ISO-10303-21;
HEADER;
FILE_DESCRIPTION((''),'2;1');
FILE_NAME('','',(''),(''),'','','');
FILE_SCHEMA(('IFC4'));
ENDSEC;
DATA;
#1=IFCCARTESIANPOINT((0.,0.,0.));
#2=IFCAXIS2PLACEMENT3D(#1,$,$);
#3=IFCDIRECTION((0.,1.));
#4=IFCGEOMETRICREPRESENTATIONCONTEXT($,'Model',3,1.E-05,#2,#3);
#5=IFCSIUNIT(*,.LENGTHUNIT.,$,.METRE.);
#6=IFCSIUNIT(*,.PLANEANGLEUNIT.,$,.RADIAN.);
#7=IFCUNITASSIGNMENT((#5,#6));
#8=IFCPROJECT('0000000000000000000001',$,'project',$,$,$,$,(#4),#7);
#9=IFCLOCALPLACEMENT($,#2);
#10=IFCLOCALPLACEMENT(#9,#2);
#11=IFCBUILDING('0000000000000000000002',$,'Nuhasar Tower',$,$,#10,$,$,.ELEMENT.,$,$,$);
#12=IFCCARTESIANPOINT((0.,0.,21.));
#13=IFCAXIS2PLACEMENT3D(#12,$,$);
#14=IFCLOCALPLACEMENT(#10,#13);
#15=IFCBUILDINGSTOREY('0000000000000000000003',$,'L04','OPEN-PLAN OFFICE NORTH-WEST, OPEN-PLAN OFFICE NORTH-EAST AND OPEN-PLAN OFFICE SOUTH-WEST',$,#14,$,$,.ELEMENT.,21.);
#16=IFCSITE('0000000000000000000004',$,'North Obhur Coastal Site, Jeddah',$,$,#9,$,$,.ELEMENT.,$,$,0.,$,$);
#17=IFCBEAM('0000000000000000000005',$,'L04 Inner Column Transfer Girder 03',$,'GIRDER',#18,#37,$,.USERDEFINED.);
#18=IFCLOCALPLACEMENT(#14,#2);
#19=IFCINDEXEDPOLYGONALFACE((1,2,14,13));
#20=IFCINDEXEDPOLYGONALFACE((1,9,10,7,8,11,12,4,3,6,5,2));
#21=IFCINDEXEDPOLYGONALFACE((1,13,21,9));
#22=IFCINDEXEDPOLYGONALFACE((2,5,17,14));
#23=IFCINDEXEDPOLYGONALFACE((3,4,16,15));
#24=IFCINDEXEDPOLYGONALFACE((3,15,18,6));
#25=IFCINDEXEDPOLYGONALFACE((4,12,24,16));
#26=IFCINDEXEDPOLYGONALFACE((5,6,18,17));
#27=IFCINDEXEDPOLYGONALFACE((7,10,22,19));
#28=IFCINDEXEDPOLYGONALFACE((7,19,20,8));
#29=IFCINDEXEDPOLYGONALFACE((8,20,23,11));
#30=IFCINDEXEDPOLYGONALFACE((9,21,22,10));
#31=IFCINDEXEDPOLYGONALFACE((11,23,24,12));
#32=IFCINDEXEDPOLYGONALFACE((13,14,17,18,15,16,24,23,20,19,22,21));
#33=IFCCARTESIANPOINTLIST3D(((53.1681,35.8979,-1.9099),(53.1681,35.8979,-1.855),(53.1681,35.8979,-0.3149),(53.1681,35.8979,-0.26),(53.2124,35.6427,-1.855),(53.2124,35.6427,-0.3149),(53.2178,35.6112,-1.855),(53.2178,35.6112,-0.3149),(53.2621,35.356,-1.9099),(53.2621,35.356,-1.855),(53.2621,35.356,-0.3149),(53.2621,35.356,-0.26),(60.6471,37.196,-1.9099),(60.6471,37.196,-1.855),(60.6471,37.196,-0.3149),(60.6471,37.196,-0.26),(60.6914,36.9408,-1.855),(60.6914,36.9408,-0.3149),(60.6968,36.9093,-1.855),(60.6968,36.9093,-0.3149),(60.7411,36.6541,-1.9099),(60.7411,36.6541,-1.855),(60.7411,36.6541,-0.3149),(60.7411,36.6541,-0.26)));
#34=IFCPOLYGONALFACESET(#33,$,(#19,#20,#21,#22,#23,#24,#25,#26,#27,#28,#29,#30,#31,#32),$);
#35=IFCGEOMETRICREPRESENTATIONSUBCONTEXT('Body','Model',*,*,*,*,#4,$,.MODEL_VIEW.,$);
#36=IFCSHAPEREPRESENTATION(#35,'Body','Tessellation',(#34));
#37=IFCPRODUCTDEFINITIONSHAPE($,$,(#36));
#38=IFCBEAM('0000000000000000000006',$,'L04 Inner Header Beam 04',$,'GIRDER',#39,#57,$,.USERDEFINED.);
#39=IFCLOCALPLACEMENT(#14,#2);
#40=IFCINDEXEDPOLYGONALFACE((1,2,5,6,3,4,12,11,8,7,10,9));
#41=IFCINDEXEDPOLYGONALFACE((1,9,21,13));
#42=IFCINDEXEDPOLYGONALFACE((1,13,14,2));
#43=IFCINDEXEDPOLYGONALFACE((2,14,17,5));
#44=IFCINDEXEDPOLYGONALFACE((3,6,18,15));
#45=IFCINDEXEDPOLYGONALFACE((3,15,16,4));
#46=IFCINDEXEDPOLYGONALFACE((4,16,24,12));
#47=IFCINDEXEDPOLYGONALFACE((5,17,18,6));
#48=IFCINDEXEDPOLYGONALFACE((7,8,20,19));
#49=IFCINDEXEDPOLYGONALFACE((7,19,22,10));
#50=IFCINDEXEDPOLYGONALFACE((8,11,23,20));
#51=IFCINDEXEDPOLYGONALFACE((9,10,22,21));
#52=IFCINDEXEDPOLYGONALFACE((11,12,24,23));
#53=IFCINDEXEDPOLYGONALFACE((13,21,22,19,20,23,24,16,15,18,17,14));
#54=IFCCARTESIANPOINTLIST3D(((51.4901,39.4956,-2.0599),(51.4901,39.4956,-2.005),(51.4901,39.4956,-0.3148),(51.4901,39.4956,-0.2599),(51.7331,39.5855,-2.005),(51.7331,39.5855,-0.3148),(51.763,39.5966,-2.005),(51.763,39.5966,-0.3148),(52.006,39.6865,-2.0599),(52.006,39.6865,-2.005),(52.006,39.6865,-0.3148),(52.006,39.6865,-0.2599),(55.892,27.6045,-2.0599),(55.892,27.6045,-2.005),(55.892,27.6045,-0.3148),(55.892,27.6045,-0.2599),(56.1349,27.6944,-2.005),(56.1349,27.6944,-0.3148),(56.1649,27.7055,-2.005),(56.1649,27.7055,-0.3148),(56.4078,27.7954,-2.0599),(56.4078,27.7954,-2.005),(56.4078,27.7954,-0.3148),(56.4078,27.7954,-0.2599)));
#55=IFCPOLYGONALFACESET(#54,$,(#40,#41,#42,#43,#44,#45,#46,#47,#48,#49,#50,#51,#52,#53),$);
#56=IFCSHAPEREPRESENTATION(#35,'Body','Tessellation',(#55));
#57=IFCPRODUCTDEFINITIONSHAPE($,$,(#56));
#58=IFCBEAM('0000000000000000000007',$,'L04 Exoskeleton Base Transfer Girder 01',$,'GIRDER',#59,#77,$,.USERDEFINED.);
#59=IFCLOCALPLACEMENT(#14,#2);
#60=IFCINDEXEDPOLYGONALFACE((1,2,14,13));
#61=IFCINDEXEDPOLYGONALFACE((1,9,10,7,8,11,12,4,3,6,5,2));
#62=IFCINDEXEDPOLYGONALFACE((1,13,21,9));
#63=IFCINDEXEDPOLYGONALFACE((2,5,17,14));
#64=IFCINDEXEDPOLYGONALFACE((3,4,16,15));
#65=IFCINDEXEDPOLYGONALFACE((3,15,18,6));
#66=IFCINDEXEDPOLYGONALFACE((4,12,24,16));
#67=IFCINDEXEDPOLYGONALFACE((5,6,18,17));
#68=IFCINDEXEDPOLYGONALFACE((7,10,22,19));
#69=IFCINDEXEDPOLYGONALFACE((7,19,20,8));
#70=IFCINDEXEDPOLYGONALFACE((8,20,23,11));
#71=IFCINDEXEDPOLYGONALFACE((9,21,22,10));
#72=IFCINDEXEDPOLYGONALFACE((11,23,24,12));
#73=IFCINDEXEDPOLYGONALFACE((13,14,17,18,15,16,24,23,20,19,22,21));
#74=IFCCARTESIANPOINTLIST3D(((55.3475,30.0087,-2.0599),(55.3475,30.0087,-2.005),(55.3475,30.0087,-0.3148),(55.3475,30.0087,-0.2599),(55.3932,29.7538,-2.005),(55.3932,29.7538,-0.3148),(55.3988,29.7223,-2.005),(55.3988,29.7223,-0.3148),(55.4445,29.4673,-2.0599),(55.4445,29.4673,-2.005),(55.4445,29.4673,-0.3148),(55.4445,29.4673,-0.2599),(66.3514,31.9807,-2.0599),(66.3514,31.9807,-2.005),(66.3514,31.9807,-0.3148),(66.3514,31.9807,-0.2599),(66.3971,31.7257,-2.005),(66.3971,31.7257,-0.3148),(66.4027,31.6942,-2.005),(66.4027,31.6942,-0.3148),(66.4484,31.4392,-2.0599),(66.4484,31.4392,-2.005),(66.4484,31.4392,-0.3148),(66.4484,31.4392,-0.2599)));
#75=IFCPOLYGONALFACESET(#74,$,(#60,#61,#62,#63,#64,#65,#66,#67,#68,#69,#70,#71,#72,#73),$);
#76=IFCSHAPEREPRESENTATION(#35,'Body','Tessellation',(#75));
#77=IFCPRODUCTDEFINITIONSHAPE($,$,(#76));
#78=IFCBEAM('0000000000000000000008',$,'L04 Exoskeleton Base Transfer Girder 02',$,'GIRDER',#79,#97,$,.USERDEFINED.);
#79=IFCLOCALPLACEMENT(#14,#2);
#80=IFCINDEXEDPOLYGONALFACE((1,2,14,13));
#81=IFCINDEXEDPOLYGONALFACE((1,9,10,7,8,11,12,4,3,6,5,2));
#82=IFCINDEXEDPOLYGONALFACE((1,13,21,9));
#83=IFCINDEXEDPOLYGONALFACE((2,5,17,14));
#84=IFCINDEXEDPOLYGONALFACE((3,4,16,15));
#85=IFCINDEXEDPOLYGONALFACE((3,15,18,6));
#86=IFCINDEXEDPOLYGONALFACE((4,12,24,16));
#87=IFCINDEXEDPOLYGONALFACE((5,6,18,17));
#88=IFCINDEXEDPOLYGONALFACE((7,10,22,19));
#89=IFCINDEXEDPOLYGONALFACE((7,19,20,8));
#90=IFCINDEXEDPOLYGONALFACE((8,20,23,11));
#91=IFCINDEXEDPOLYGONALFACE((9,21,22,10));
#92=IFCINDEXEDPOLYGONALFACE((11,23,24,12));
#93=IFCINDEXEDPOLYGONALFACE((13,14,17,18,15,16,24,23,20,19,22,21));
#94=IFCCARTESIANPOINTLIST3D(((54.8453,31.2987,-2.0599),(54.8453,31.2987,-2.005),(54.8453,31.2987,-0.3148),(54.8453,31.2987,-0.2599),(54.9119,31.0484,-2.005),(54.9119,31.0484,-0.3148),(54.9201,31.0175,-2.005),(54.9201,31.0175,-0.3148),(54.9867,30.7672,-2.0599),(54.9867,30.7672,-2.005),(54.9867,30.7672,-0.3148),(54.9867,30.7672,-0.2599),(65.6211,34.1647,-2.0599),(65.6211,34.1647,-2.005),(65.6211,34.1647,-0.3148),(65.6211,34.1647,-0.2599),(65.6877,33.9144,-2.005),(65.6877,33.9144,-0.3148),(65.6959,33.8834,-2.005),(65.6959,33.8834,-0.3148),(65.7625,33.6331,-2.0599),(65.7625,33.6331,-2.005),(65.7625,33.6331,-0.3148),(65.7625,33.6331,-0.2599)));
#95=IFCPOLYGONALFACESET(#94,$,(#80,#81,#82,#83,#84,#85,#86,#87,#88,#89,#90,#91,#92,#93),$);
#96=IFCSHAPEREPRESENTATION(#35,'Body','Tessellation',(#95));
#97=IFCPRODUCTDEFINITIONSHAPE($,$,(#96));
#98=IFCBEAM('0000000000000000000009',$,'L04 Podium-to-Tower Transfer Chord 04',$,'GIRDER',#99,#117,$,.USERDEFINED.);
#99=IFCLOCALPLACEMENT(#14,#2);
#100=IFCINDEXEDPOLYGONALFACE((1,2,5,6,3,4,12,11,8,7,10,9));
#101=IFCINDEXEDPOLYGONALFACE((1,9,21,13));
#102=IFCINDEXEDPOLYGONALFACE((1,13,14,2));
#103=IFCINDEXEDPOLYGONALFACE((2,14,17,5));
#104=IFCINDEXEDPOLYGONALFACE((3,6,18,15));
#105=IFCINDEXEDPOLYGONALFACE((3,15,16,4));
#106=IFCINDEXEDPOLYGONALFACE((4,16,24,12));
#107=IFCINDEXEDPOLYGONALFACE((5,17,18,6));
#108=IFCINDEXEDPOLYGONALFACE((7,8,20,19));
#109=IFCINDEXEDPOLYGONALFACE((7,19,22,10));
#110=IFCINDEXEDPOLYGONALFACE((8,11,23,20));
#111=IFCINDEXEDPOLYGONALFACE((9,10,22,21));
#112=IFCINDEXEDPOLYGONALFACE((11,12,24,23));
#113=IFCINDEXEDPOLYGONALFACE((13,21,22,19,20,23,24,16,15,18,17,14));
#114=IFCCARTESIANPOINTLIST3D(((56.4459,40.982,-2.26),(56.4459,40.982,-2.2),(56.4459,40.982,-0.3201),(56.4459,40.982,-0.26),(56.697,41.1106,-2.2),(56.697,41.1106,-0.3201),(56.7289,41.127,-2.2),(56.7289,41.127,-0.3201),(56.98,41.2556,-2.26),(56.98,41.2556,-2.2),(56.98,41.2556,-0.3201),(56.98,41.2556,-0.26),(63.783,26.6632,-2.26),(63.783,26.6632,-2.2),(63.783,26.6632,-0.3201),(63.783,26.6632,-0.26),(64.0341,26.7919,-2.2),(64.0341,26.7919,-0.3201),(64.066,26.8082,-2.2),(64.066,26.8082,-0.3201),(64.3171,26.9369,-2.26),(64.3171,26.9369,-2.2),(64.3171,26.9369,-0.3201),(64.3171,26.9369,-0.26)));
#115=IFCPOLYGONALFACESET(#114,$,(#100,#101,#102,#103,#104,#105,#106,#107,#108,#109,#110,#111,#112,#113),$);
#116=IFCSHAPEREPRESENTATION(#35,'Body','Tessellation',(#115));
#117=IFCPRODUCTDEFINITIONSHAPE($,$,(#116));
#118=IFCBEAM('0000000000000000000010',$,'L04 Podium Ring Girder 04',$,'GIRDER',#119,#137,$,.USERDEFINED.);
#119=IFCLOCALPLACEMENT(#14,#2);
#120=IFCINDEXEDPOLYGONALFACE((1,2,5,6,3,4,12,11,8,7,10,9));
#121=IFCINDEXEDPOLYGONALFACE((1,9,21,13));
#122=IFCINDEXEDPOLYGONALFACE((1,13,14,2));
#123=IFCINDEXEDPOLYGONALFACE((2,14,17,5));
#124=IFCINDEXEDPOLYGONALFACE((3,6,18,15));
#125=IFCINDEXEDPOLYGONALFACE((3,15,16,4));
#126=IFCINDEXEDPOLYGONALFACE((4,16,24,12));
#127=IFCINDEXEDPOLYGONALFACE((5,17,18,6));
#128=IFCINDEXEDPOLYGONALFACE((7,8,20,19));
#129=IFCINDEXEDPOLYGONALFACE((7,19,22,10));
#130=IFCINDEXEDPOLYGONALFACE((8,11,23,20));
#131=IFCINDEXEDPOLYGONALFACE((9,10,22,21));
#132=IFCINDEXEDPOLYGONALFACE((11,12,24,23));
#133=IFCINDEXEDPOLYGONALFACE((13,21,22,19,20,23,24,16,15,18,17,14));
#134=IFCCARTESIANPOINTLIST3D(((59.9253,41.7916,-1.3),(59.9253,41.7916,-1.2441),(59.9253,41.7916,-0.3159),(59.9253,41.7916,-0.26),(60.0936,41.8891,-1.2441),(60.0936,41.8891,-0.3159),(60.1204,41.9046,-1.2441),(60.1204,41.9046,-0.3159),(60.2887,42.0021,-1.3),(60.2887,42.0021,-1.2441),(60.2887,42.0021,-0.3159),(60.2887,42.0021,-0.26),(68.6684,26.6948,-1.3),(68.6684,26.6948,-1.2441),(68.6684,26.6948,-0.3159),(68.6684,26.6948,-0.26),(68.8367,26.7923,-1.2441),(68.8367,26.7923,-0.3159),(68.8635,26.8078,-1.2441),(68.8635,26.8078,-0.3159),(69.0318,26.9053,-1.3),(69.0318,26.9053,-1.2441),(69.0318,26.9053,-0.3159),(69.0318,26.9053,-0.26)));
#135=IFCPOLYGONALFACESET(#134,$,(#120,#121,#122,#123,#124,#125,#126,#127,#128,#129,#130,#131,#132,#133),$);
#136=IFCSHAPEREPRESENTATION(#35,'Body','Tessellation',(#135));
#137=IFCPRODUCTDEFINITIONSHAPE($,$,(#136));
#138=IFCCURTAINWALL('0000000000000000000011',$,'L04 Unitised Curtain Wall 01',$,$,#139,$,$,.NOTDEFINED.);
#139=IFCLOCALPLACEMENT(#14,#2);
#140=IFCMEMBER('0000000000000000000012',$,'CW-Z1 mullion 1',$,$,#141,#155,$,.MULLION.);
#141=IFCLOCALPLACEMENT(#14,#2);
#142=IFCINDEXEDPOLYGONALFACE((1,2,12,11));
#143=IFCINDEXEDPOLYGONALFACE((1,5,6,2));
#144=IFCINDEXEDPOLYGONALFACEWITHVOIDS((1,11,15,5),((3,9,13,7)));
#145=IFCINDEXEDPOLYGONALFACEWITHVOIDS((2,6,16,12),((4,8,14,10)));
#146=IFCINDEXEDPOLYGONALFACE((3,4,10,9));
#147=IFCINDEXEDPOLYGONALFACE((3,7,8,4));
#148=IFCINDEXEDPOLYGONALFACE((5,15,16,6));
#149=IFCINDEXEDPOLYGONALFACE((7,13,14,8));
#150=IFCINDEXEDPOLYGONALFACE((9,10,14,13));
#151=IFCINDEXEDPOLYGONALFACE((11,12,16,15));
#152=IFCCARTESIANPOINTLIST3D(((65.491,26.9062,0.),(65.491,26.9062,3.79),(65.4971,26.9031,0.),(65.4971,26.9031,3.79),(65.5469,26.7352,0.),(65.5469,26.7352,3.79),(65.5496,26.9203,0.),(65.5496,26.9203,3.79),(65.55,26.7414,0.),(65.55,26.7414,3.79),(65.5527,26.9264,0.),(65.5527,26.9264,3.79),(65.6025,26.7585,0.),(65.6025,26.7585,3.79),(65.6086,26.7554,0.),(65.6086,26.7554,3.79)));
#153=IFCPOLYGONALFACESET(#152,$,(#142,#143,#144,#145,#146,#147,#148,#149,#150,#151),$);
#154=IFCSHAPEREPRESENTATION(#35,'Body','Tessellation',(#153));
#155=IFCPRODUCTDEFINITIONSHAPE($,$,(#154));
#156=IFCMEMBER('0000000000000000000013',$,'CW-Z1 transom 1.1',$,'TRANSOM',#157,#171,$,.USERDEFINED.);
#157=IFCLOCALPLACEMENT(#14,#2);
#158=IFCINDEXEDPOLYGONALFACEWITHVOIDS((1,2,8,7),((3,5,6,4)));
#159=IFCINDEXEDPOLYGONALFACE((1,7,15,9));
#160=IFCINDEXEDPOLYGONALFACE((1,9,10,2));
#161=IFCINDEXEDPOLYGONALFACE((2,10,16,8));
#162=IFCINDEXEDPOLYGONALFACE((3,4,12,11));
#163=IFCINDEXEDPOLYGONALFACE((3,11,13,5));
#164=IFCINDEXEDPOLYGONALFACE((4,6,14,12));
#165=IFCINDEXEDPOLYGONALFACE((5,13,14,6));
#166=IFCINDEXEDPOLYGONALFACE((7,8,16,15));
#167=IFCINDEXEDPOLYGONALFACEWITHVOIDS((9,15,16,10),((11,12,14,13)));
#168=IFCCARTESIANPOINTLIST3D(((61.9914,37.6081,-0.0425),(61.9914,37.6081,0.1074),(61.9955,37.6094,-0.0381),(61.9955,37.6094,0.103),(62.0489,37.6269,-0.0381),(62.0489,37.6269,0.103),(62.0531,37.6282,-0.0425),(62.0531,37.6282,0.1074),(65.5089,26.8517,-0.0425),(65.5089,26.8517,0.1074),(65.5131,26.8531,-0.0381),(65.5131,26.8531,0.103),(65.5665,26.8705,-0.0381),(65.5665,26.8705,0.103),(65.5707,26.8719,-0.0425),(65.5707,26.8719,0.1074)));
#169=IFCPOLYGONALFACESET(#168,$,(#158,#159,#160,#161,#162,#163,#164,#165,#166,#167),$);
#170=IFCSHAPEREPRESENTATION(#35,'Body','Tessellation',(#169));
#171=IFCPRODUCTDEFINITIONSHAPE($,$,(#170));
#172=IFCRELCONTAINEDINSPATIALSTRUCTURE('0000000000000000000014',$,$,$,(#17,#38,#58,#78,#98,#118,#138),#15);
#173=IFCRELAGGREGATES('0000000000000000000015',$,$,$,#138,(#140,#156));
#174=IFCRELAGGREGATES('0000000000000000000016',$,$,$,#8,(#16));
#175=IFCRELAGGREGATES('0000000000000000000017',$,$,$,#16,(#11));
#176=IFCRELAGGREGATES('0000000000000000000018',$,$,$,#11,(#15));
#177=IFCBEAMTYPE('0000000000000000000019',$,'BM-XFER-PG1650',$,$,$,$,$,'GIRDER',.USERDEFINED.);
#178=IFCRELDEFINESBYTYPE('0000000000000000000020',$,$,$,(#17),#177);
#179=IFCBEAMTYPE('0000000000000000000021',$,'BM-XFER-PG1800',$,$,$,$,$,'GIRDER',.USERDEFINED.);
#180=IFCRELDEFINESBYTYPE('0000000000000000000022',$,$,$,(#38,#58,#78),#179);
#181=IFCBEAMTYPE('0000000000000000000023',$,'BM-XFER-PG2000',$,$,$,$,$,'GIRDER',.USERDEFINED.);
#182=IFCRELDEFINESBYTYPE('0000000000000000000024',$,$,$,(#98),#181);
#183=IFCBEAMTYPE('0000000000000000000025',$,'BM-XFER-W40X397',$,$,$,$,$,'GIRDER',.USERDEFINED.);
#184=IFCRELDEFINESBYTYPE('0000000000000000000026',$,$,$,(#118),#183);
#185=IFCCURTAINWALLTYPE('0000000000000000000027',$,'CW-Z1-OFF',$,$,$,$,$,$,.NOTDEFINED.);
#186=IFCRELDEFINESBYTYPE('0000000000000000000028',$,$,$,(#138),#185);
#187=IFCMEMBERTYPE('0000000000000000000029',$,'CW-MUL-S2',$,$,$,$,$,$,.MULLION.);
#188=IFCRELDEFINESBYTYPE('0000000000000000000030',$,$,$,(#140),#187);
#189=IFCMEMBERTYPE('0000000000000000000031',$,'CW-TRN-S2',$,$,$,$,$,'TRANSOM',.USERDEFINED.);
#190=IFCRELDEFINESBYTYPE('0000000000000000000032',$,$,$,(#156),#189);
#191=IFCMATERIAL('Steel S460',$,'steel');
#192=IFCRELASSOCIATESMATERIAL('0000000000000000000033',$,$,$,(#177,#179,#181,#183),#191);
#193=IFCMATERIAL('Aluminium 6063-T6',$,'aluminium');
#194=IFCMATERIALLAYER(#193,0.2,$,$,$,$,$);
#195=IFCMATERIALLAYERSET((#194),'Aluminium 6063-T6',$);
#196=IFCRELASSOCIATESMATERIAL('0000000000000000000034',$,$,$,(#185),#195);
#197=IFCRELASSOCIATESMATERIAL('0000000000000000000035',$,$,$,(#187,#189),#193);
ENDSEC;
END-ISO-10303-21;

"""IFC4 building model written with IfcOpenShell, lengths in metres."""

from ifc_helpers import new_model, si_unit, direction, frame, origin, origin_2d, place, context, subcontext, project, spatial, hollow_rectangle, i_section, extrude, material, layer, layer_set, material_profile, profile_set, type_object, element, aggregate, save


model = new_model("IFC4")

# Units and contexts
model_context = context("Model", 3, precision=1e-05, world=origin(), true_north=direction((0.0, 1.0)))
body_context = subcontext(model_context, "Body", "Model", "MODEL_VIEW")
ifc_project = project(units=[si_unit("LENGTHUNIT", "METRE"), si_unit("PLANEANGLEUNIT", "RADIAN")], contexts=[model_context])

# Site, building, storey
site_placement = place(None, origin())
site = spatial("IfcSite", under=ifc_project, at=site_placement, Name="North Obhur Coastal Site, Jeddah", CompositionType="ELEMENT", RefElevation=0.0)
building_placement = place(site_placement, origin())
building = spatial("IfcBuilding", under=site, at=building_placement, Name="Nuhasar Tower", CompositionType="ELEMENT")
storey_placement = place(building_placement, frame((0.0, 0.0, 21.0)))
storey = spatial("IfcBuildingStorey", under=building, at=storey_placement, Name="L04", Description="OPEN-PLAN OFFICE NORTH-WEST, OPEN-PLAN OFFICE NORTH-EAST AND OPEN-PLAN OFFICE SOUTH-WEST", CompositionType="ELEMENT", Elevation=21.0)

# Beams
ifc_material_1 = material(Name="Steel S460", Category="steel")
ifc_material_profile_1 = material_profile(ifc_material_1, i_section(OverallWidth=0.55, OverallDepth=1.6499, WebThickness=0.032, FlangeThickness=0.0549, at=origin_2d()), Name="PG1650X550")
ifc_profile_set_1 = profile_set([ifc_material_profile_1], Name="Steel S460")
beam_type_1 = type_object("IfcBeamType", Name="BM-XFER-PG1650", ElementType="GIRDER", PredefinedType="USERDEFINED", material=ifc_profile_set_1)
beam_1_placement = place(storey_placement, frame((53.2151, 35.627, -1.085), z_axis=(0.98527, 0.171009, 0.0), x_axis=(-0.171009, 0.98527, 0.0)))
element("IfcBeam", 1, at=beam_1_placement, inside=storey, type_object=beam_type_1, Name="L04 Inner Column Transfer Girder 03", ObjectType="GIRDER", PredefinedType="USERDEFINED", context=body_context, shape_type="SweptSolid", body=[
    extrude(i_section(OverallWidth=0.55, OverallDepth=1.6499, WebThickness=0.032, FlangeThickness=0.0549, at=origin_2d()), origin(), (0.0, 0.0, 1.0), 7.5908),
])
ifc_material_profile_2 = material_profile(ifc_material_1, i_section(OverallWidth=0.55, OverallDepth=1.8, WebThickness=0.032, FlangeThickness=0.0549, at=origin_2d()), Name="PG1800X550")
ifc_profile_set_2 = profile_set([ifc_material_profile_2], Name="Steel S460")
beam_type_2 = type_object("IfcBeamType", Name="BM-XFER-PG1800", ElementType="GIRDER", PredefinedType="USERDEFINED", material=ifc_profile_set_2)
beam_2_placement = place(storey_placement, frame((56.1499, 27.7, -1.1599), z_axis=(-0.347158, 0.937807, 0.0), x_axis=(-0.937807, -0.347158, 0.0)))
element("IfcBeam", 2, at=beam_2_placement, inside=storey, type_object=beam_type_2, Name="L04 Inner Header Beam 04", ObjectType="GIRDER", PredefinedType="USERDEFINED", context=body_context, shape_type="SweptSolid", body=[
    extrude(i_section(OverallWidth=0.55, OverallDepth=1.8, WebThickness=0.032, FlangeThickness=0.0549, at=origin_2d()), origin(), (0.0, 0.0, 1.0), 12.6797),
])
beam_3_placement = place(storey_placement, frame((55.396, 29.738, -1.1599), z_axis=(0.98432, 0.176392, 0.0), x_axis=(-0.176392, 0.98432, 0.0)))
element("IfcBeam", 3, at=beam_3_placement, inside=storey, type_object=beam_type_2, Name="L04 Exoskeleton Base Transfer Girder 01", ObjectType="GIRDER", PredefinedType="USERDEFINED", context=body_context, shape_type="SweptSolid", body=[
    extrude(i_section(OverallWidth=0.55, OverallDepth=1.8, WebThickness=0.032, FlangeThickness=0.0549, at=origin_2d()), origin(), (0.0, 0.0, 1.0), 11.1792),
])
beam_4_placement = place(storey_placement, frame((54.916, 31.033, -1.1599), z_axis=(0.966404, 0.257026, 0.0), x_axis=(-0.257026, 0.966404, 0.0)))
element("IfcBeam", 4, at=beam_4_placement, inside=storey, type_object=beam_type_2, Name="L04 Exoskeleton Base Transfer Girder 02", ObjectType="GIRDER", PredefinedType="USERDEFINED", context=body_context, shape_type="SweptSolid", body=[
    extrude(i_section(OverallWidth=0.55, OverallDepth=1.8, WebThickness=0.032, FlangeThickness=0.0549, at=origin_2d()), origin(), (0.0, 0.0, 1.0), 11.1504),
])
ifc_material_profile_3 = material_profile(ifc_material_1, i_section(OverallWidth=0.6001, OverallDepth=2.0, WebThickness=0.0359, FlangeThickness=0.0601, at=origin_2d()), Name="PG2000X600")
ifc_profile_set_3 = profile_set([ifc_material_profile_3], Name="Steel S460")
beam_type_3 = type_object("IfcBeamType", Name="BM-XFER-PG2000", ElementType="GIRDER", PredefinedType="USERDEFINED", material=ifc_profile_set_3)
beam_5_placement = place(storey_placement, frame((64.05, 26.8, -1.26), z_axis=(-0.456029, 0.889965, 0.0), x_axis=(-0.889965, -0.456029, 0.0)))
element("IfcBeam", 5, at=beam_5_placement, inside=storey, type_object=beam_type_3, Name="L04 Podium-to-Tower Transfer Chord 04", ObjectType="GIRDER", PredefinedType="USERDEFINED", context=body_context, shape_type="SweptSolid", body=[
    extrude(i_section(OverallWidth=0.6001, OverallDepth=2.0, WebThickness=0.0359, FlangeThickness=0.0601, at=origin_2d()), origin(), (0.0, 0.0, 1.0), 16.0891),
])
ifc_material_profile_4 = material_profile(ifc_material_1, i_section(OverallWidth=0.4199, OverallDepth=1.04, WebThickness=0.031, FlangeThickness=0.0559, at=origin_2d()), Name="W40X397")
ifc_profile_set_4 = profile_set([ifc_material_profile_4], Name="Steel S460")
beam_type_4 = type_object("IfcBeamType", Name="BM-XFER-W40X397", ElementType="GIRDER", PredefinedType="USERDEFINED", material=ifc_profile_set_4)
beam_6_placement = place(storey_placement, frame((68.8501, 26.8, -0.78), z_axis=(-0.501158, 0.865356, 0.0), x_axis=(-0.865356, -0.501158, 0.0)))
element("IfcBeam", 6, at=beam_6_placement, inside=storey, type_object=beam_type_4, Name="L04 Podium Ring Girder 04", ObjectType="GIRDER", PredefinedType="USERDEFINED", context=body_context, shape_type="SweptSolid", body=[
    extrude(i_section(OverallWidth=0.4199, OverallDepth=1.04, WebThickness=0.031, FlangeThickness=0.0559, at=origin_2d()), origin(), (0.0, 0.0, 1.0), 17.4458),
])

# Curtain wall, members
ifc_material_2 = material(Name="Aluminium 6063-T6", Category="aluminium")
ifc_layer_1 = layer(ifc_material_2, 0.2)
ifc_layer_set_1 = layer_set([ifc_layer_1], Name="Aluminium 6063-T6")
curtain_wall_type = type_object("IfcCurtainWallType", Name="CW-Z1-OFF", PredefinedType="NOTDEFINED", material=ifc_layer_set_1)
curtain_wall_placement = place(storey_placement, origin())
curtain_wall = element("IfcCurtainWall", 7, at=curtain_wall_placement, inside=storey, type_object=curtain_wall_type, Name="L04 Unitised Curtain Wall 01", PredefinedType="NOTDEFINED")
ifc_material_profile_5 = material_profile(ifc_material_2, hollow_rectangle(XDim=0.0649, YDim=0.1799, WallThickness=0.0049, at=origin_2d()), Name="CWM-2")
ifc_profile_set_5 = profile_set([ifc_material_profile_5], Name="Aluminium 6063-T6")
member_type_1 = type_object("IfcMemberType", Name="CW-MUL-S2", PredefinedType="MULLION", material=ifc_profile_set_5)
member_1_placement = place(storey_placement, frame((65.5498, 26.8308, 0.0), z_axis=(0.0, 0.0, 1.0), x_axis=(-0.950468, -0.310824, 0.0)))
member_1 = element("IfcMember", 8, at=member_1_placement, type_object=member_type_1, Name="CW-Z1 mullion 1", PredefinedType="MULLION", context=body_context, shape_type="SweptSolid", body=[
    extrude(hollow_rectangle(XDim=0.0649, YDim=0.1799, WallThickness=0.0049, at=origin_2d()), origin(), (0.0, 0.0, 1.0), 3.79),
])
ifc_material_profile_6 = material_profile(ifc_material_2, hollow_rectangle(XDim=0.0649, YDim=0.1499, WallThickness=0.0044, at=origin_2d()), Name="CWT-2")
ifc_profile_set_6 = profile_set([ifc_material_profile_6], Name="Aluminium 6063-T6")
member_type_2 = type_object("IfcMemberType", Name="CW-TRN-S2", ElementType="TRANSOM", PredefinedType="USERDEFINED", material=ifc_profile_set_6)
member_2_placement = place(storey_placement, frame((65.5398, 26.8618, 0.0325), z_axis=(-0.310825, 0.950467, 0.0), x_axis=(-0.950467, -0.310825, 0.0)))
member_2 = element("IfcMember", 9, at=member_2_placement, type_object=member_type_2, Name="CW-Z1 transom 1.1", ObjectType="TRANSOM", PredefinedType="USERDEFINED", context=body_context, shape_type="SweptSolid", body=[
    extrude(hollow_rectangle(XDim=0.0649, YDim=0.1499, WallThickness=0.0044, at=origin_2d()), origin(), (0.0, 0.0, 1.0), 11.3169),
])

aggregate(curtain_wall, [member_1, member_2])

save(model, "model.ifc")
